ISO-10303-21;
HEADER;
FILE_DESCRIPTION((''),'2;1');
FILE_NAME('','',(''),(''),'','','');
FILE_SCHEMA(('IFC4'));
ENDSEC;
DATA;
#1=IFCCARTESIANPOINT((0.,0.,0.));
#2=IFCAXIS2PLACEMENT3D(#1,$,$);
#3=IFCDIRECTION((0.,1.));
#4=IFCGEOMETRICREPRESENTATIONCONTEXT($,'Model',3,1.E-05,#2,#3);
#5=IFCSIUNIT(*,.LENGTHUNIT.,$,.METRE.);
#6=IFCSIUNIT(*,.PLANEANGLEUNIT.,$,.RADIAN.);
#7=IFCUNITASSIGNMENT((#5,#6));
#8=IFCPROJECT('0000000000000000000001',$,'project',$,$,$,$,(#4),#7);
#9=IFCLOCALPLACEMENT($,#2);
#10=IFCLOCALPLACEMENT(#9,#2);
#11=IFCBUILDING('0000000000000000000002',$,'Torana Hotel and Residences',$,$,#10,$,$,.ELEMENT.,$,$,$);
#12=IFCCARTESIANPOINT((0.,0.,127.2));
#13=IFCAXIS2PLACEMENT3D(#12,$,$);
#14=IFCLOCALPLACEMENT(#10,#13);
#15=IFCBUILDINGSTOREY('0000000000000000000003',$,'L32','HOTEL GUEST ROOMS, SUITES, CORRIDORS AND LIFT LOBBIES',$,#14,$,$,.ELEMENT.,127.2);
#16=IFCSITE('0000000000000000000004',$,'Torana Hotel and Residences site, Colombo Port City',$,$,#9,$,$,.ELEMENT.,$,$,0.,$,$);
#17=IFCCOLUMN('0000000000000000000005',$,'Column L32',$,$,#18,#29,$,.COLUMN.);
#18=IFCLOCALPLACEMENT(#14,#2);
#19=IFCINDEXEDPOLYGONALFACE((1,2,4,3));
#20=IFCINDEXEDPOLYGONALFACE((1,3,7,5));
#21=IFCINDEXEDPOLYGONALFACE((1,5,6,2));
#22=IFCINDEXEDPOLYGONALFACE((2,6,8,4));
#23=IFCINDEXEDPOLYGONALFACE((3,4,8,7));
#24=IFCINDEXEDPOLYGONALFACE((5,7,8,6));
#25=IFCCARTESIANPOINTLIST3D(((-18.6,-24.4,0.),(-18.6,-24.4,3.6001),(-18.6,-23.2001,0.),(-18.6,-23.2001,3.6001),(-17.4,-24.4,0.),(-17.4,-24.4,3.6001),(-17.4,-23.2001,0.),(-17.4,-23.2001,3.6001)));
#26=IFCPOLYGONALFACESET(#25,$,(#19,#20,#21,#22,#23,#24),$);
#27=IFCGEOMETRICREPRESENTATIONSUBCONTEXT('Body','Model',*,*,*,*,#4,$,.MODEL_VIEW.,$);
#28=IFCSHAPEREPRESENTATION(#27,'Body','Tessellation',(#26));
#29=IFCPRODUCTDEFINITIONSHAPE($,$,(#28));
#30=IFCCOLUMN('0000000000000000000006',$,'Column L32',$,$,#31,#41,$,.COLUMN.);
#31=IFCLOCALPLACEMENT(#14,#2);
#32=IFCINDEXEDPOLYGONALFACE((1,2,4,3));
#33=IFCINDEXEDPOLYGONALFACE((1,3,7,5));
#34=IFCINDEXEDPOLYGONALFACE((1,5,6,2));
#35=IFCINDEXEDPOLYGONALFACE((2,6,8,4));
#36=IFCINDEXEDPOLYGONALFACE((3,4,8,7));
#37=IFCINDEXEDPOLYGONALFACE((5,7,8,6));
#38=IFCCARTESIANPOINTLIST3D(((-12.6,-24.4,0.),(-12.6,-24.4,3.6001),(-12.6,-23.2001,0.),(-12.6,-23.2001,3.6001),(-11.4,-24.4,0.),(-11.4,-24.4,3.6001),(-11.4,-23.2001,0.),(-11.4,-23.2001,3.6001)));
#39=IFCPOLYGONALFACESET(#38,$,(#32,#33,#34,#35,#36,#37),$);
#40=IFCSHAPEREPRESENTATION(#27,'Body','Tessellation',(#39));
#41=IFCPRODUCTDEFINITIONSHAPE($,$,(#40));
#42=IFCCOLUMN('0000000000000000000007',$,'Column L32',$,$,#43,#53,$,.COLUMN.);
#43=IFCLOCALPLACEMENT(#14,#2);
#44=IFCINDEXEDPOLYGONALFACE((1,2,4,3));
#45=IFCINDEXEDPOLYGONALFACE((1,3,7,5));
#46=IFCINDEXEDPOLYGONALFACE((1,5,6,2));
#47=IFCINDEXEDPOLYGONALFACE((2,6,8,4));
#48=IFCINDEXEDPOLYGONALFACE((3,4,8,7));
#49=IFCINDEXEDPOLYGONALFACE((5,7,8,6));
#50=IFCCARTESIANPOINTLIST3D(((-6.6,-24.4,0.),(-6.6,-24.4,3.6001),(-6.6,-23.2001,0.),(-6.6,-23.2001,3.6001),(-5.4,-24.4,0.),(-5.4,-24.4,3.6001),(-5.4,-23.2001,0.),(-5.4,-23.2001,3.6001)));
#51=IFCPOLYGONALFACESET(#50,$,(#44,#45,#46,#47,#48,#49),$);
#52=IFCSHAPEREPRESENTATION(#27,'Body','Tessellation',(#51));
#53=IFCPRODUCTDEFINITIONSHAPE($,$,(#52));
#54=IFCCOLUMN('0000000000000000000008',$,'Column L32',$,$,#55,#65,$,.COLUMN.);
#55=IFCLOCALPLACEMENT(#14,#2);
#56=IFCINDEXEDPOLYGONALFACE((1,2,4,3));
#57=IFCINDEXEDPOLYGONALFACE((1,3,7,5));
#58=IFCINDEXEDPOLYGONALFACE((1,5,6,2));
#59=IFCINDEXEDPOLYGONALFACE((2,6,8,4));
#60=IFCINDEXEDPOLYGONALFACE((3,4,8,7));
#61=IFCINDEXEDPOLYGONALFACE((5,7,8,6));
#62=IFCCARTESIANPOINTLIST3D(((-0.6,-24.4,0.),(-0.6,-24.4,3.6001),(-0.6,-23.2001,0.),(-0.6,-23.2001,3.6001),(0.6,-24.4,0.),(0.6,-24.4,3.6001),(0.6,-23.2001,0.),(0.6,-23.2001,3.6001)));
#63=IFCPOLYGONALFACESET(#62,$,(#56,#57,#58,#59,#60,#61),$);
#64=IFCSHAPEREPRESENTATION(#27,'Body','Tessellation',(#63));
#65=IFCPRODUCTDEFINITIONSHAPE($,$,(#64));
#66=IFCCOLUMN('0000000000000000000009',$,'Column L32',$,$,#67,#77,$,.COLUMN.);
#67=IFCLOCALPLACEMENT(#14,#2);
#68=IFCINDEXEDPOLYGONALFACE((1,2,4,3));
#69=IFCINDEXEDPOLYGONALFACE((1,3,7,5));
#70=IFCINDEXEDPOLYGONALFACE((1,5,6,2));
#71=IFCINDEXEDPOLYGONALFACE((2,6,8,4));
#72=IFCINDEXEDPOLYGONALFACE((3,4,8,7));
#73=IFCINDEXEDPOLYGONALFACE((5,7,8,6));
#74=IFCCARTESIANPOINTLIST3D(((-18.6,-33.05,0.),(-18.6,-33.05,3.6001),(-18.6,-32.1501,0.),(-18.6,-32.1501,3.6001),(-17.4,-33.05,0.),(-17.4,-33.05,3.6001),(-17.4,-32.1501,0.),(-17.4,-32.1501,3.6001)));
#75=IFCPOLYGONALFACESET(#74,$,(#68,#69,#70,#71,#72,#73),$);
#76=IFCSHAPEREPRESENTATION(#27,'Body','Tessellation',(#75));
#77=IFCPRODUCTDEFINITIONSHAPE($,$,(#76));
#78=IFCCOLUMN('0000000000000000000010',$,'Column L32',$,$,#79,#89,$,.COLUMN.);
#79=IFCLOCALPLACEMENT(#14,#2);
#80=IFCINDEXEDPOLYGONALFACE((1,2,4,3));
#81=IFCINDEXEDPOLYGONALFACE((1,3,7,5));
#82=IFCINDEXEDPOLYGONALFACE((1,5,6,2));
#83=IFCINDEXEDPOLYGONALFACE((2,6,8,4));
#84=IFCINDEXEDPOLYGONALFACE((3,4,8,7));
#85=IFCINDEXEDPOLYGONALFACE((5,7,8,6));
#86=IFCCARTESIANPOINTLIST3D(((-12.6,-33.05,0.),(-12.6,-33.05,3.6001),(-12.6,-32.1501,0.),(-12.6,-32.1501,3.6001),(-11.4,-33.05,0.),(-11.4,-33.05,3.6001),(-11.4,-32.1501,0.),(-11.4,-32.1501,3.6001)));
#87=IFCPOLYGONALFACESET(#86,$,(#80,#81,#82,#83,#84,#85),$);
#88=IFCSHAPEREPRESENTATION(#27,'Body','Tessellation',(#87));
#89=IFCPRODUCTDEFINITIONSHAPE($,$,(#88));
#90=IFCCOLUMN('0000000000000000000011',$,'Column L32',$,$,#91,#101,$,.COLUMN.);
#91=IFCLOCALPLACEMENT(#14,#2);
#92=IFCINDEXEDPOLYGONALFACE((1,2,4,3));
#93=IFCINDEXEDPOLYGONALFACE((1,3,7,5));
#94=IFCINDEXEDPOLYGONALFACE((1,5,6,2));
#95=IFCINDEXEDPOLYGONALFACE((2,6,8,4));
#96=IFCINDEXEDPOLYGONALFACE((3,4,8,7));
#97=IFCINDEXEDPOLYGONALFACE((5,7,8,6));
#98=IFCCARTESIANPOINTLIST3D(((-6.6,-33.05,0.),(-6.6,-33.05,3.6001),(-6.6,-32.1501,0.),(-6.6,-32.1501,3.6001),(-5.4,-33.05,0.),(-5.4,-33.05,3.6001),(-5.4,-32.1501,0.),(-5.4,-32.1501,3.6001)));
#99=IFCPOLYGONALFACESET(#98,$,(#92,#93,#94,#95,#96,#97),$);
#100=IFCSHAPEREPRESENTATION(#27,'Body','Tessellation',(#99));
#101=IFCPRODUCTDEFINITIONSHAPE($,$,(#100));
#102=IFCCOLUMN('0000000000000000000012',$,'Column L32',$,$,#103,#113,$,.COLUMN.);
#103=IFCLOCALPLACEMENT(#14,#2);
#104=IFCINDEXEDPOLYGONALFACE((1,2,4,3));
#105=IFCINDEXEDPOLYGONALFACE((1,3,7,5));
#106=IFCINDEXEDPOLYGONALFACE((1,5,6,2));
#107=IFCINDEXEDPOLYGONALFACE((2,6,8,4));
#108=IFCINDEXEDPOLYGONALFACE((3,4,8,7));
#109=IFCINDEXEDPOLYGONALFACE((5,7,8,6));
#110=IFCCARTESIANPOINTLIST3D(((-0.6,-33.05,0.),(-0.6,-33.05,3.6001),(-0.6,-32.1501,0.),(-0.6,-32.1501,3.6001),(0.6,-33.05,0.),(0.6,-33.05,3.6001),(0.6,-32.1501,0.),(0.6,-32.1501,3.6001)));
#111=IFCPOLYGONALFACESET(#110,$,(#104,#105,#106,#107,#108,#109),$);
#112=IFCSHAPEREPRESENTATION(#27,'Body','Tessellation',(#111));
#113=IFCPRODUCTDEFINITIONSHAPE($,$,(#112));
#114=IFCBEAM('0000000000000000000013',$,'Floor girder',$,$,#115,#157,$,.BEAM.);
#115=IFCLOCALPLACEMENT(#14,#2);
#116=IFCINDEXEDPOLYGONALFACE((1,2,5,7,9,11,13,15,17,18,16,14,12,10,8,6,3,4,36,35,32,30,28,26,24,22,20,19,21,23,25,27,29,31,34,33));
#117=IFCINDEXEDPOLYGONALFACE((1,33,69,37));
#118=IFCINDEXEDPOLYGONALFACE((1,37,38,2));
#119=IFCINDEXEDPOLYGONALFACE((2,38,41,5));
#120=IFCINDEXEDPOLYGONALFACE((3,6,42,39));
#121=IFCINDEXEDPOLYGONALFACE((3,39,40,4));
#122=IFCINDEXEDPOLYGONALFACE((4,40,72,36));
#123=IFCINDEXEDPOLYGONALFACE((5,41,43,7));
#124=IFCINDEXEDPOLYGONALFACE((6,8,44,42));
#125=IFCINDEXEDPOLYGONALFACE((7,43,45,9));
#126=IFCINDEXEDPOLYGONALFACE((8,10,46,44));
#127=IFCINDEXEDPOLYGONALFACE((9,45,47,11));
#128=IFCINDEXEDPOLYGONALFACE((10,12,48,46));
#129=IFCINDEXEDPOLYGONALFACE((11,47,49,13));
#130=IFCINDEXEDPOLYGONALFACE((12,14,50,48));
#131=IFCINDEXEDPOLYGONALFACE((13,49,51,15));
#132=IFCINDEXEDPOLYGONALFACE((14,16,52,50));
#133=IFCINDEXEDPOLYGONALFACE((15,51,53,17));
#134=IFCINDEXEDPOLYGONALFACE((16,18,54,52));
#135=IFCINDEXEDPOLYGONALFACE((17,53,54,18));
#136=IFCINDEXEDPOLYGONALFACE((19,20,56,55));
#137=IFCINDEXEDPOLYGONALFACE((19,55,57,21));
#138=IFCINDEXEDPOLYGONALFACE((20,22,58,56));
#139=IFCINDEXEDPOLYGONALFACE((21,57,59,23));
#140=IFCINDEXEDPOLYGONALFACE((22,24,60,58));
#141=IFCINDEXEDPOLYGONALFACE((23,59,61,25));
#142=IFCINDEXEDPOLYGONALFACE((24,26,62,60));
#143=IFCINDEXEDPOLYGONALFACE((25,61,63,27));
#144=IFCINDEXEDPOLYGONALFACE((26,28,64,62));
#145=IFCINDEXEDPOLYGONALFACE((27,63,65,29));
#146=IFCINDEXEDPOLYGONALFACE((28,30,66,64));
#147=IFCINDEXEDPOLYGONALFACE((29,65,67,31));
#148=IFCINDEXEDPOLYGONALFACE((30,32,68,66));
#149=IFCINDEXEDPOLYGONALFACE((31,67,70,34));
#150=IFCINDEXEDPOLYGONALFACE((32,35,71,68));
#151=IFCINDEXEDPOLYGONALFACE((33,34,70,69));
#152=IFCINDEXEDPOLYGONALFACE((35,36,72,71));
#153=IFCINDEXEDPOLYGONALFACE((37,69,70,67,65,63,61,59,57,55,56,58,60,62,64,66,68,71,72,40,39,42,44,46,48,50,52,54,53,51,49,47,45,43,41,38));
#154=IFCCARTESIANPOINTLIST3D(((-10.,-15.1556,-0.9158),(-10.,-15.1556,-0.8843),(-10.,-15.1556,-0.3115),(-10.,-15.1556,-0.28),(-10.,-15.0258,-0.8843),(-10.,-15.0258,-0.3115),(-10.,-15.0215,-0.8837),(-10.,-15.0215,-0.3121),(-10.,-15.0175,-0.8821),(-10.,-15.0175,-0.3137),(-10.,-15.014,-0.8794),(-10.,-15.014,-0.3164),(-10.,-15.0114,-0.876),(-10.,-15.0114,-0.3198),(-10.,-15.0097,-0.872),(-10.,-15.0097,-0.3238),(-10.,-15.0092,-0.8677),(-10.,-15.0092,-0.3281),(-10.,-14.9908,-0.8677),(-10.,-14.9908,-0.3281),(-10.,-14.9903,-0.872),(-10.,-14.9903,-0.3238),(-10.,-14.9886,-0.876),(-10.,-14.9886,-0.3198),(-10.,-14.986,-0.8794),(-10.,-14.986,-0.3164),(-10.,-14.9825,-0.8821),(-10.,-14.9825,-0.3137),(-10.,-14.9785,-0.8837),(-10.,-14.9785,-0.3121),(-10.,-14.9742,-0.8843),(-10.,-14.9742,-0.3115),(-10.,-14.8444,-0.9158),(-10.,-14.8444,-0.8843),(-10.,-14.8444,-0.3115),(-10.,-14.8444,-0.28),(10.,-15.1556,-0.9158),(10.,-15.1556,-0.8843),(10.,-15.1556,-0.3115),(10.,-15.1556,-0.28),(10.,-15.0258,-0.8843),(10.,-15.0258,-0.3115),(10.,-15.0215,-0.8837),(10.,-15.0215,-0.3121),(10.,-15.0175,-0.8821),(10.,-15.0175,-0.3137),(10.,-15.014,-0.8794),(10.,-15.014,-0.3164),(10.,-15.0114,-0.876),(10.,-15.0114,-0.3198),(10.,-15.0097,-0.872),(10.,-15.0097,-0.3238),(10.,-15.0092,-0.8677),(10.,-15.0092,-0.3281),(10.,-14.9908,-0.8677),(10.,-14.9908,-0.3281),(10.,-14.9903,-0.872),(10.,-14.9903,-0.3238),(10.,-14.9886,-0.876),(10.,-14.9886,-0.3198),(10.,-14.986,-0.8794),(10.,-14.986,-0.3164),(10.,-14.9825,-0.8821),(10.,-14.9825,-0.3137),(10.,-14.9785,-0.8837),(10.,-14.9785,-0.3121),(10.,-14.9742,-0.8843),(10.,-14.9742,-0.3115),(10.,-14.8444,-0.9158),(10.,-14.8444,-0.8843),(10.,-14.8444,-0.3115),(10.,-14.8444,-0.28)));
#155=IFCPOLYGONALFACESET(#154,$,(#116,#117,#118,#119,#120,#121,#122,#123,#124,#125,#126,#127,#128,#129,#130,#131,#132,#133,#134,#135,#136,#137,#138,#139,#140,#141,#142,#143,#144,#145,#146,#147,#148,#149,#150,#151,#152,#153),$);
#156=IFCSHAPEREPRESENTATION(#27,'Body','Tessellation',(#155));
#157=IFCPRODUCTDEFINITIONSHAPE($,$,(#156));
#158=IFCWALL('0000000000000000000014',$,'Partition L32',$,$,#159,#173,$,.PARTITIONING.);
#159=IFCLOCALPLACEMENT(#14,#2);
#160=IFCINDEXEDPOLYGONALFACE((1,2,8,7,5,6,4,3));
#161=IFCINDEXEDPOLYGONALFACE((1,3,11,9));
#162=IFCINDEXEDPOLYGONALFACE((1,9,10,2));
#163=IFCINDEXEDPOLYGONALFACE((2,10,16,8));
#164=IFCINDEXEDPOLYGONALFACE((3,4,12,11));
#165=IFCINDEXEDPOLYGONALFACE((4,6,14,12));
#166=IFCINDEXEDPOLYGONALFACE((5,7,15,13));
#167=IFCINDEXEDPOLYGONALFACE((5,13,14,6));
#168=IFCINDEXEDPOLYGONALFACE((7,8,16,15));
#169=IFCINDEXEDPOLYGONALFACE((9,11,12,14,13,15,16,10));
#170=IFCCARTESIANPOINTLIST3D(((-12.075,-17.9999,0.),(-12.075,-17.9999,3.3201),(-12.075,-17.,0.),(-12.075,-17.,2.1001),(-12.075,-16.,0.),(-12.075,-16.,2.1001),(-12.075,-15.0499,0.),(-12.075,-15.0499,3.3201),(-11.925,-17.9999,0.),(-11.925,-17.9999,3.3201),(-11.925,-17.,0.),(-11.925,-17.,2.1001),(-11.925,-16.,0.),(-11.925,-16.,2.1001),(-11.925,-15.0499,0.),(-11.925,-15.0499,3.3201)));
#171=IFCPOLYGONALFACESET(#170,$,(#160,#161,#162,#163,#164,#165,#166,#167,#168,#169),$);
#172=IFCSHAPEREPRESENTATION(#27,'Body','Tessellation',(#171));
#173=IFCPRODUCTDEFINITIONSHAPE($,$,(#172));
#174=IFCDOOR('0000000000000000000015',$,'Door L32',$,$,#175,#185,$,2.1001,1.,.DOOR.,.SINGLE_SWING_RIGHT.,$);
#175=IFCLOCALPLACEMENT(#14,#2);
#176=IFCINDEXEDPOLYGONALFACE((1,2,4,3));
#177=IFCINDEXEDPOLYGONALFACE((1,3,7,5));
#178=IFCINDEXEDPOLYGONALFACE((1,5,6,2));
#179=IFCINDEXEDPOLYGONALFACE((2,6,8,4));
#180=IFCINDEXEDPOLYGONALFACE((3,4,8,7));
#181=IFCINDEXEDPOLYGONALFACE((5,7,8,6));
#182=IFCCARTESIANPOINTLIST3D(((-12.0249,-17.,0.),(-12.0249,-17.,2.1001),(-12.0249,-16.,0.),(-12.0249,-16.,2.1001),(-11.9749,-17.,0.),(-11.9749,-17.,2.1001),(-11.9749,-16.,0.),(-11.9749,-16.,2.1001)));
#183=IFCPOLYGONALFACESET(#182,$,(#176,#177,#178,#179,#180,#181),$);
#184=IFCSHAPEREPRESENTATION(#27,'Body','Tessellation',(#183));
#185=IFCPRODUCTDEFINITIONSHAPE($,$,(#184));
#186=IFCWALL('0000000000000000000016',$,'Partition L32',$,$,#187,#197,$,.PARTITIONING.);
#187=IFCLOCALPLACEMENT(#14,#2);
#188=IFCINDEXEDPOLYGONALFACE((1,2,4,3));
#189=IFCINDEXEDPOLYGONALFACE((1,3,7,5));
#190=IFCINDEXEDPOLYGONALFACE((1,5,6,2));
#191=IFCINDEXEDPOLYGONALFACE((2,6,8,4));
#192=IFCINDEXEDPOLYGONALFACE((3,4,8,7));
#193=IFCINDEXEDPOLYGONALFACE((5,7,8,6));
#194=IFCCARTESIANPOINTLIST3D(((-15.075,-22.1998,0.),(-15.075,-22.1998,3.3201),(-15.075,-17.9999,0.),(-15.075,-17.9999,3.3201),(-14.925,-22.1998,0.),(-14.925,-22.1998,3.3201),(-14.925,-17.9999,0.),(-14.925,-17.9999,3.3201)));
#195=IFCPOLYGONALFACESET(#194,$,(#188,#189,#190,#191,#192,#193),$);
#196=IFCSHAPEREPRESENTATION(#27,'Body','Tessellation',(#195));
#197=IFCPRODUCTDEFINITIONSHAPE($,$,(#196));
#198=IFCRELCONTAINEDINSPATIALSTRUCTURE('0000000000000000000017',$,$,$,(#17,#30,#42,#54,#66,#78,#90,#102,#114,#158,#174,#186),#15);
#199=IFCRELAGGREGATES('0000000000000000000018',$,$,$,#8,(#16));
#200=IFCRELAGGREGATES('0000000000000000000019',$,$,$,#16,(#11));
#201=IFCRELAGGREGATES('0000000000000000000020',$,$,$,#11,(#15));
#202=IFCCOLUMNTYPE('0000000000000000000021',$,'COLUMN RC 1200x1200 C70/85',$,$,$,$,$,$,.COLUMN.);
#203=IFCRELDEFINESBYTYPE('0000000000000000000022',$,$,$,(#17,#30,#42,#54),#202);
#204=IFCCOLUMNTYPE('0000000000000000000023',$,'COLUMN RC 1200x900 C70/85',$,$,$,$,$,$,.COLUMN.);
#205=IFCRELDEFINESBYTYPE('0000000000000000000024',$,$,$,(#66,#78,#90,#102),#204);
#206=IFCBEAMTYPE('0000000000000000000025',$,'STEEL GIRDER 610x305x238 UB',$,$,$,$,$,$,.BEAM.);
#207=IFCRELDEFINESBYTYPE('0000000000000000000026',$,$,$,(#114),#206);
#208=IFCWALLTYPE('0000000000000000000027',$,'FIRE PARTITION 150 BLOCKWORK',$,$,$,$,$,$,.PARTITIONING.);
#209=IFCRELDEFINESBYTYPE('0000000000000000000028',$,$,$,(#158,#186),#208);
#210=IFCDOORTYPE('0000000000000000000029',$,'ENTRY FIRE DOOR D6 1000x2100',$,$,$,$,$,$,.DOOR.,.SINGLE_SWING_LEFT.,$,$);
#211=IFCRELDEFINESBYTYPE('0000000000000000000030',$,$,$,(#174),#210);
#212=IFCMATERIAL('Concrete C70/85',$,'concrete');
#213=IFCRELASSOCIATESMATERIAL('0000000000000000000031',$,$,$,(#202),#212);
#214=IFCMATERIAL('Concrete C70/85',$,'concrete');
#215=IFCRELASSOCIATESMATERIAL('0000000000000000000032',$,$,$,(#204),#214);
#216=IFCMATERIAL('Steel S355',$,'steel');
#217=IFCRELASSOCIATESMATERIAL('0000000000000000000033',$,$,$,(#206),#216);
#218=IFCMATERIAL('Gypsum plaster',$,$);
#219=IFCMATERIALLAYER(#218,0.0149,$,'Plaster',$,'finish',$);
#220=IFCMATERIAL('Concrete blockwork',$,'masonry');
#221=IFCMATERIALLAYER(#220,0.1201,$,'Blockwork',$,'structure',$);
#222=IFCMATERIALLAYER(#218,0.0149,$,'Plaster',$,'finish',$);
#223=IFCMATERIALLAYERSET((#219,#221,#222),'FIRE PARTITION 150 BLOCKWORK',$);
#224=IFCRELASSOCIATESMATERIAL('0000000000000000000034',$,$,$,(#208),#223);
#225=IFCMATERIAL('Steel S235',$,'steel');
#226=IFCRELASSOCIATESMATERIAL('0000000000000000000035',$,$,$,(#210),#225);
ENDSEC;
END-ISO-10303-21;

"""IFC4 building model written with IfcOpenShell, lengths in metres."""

from ifc_helpers import new_model, si_unit, direction, frame, frame_2d, origin, origin_2d, place, context, subcontext, project, spatial, rectangle, i_section, extrude, material, layer, layer_set, material_profile, profile_set, type_object, element, fill, save


model = new_model("IFC4")

# Units and contexts
model_context = context("Model", 3, precision=1e-05, world=origin(), true_north=direction((0.0, 1.0)))
body_context = subcontext(model_context, "Body", "Model", "MODEL_VIEW")
ifc_project = project(units=[si_unit("LENGTHUNIT", "METRE"), si_unit("PLANEANGLEUNIT", "RADIAN")], contexts=[model_context])

# Site, building, storey
site_placement = place(None, origin())
site = spatial("IfcSite", under=ifc_project, at=site_placement, Name="Torana Hotel and Residences site, Colombo Port City", CompositionType="ELEMENT", RefElevation=0.0)
building_placement = place(site_placement, origin())
building = spatial("IfcBuilding", under=site, at=building_placement, Name="Torana Hotel and Residences", CompositionType="ELEMENT")
storey_placement = place(building_placement, frame((0.0, 0.0, 127.2)))
storey = spatial("IfcBuildingStorey", under=building, at=storey_placement, Name="L32", Description="HOTEL GUEST ROOMS, SUITES, CORRIDORS AND LIFT LOBBIES", CompositionType="ELEMENT", Elevation=127.2)

# Columns
ifc_material_1 = material(Name="Concrete C70/85", Category="concrete")
ifc_material_profile_1 = material_profile(ifc_material_1, rectangle(XDim=1.2, YDim=1.2, at=origin_2d()), Name="RC 1200x1200")
ifc_profile_set_1 = profile_set([ifc_material_profile_1], Name="Concrete C70/85")
column_type_1 = type_object("IfcColumnType", Name="COLUMN RC 1200x1200 C70/85", PredefinedType="COLUMN", material=ifc_profile_set_1)
for number, where, z_axis, x_axis, name in (
    (1, (-18.0, -23.8, 0.0), (0.0, 0.0, 1.0), (1.0, 0.0, 0.0), "Column L32"),
    (2, (-12.0, -23.8, 0.0), (0.0, 0.0, 1.0), (1.0, 0.0, 0.0), "Column L32"),
    (3, (-6.0, -23.8, 0.0), (0.0, 0.0, 1.0), (1.0, 0.0, 0.0), "Column L32"),
    (4, (0.0, -23.8, 0.0), (0.0, 0.0, 1.0), (1.0, 0.0, 0.0), "Column L32"),
):
    element("IfcColumn", number, at=place(storey_placement, frame(where, z_axis=z_axis, x_axis=x_axis)), inside=storey, type_object=column_type_1, Name=name, PredefinedType="COLUMN", context=body_context, shape_type="SweptSolid", body=[
        extrude(rectangle(XDim=1.2, YDim=1.2, at=origin_2d()), origin(), (0.0, 0.0, 1.0), 3.6001),
    ])
ifc_material_2 = material(Name="Concrete C70/85", Category="concrete")
ifc_material_profile_2 = material_profile(ifc_material_2, rectangle(XDim=1.2, YDim=0.8999, at=origin_2d()), Name="RC 1200x900")
ifc_profile_set_2 = profile_set([ifc_material_profile_2], Name="Concrete C70/85")
column_type_2 = type_object("IfcColumnType", Name="COLUMN RC 1200x900 C70/85", PredefinedType="COLUMN", material=ifc_profile_set_2)
for number, where, z_axis, x_axis, name in (
    (5, (-18.0, -32.6001, 0.0), (0.0, 0.0, 1.0), (1.0, 0.0, 0.0), "Column L32"),
    (6, (-12.0, -32.6001, 0.0), (0.0, 0.0, 1.0), (1.0, 0.0, 0.0), "Column L32"),
    (7, (-6.0, -32.6001, 0.0), (0.0, 0.0, 1.0), (1.0, 0.0, 0.0), "Column L32"),
    (8, (0.0, -32.6001, 0.0), (0.0, 0.0, 1.0), (1.0, 0.0, 0.0), "Column L32"),
):
    element("IfcColumn", number, at=place(storey_placement, frame(where, z_axis=z_axis, x_axis=x_axis)), inside=storey, type_object=column_type_2, Name=name, PredefinedType="COLUMN", context=body_context, shape_type="SweptSolid", body=[
        extrude(rectangle(XDim=1.2, YDim=0.8999, at=origin_2d()), origin(), (0.0, 0.0, 1.0), 3.6001),
    ])

# Beam
ifc_material_3 = material(Name="Steel S355", Category="steel")
ifc_material_profile_3 = material_profile(ifc_material_3, i_section(OverallWidth=0.3113, OverallDepth=0.6357, WebThickness=0.0183, FlangeThickness=0.0315, FilletRadius=0.0166, at=origin_2d()), Name="610x305x238 UB")
ifc_profile_set_3 = profile_set([ifc_material_profile_3], Name="Steel S355")
beam_type = type_object("IfcBeamType", Name="STEEL GIRDER 610x305x238 UB", PredefinedType="BEAM", material=ifc_profile_set_3)
beam_placement = place(storey_placement, frame((-10.0, -15.0, -0.5979), z_axis=(1.0, 0.0, 0.0), x_axis=(0.0, 1.0, 0.0)))
element("IfcBeam", 9, at=beam_placement, inside=storey, type_object=beam_type, Name="Floor girder", PredefinedType="BEAM", context=body_context, shape_type="SweptSolid", body=[
    extrude(i_section(OverallWidth=0.3113, OverallDepth=0.6357, WebThickness=0.0183, FlangeThickness=0.0315, FilletRadius=0.0166, at=origin_2d()), origin(), (0.0, 0.0, 1.0), 20.0),
])

# Wall, opening, door
ifc_material_4 = material(Name="Gypsum plaster")
ifc_layer_1 = layer(ifc_material_4, 0.0149, Name="Plaster", Category="finish")
ifc_material_5 = material(Name="Concrete blockwork", Category="masonry")
ifc_layer_2 = layer(ifc_material_5, 0.1201, Name="Blockwork", Category="structure")
ifc_layer_3 = layer(ifc_material_4, 0.0149, Name="Plaster", Category="finish")
ifc_layer_set_1 = layer_set([ifc_layer_1, ifc_layer_2, ifc_layer_3], Name="FIRE PARTITION 150 BLOCKWORK")
wall_type_1 = type_object("IfcWallType", Name="FIRE PARTITION 150 BLOCKWORK", PredefinedType="PARTITIONING", material=ifc_layer_set_1)
wall_1_placement = place(storey_placement, frame((-12.0, -18.0, 0.0), z_axis=(0.0, 0.0, 1.0), x_axis=(0.0, 1.0, 0.0)))
wall_1 = element("IfcWall", 10, at=wall_1_placement, inside=storey, type_object=wall_type_1, Name="Partition L32", PredefinedType="PARTITIONING", context=body_context, shape_type="SweptSolid", body=[
    extrude(rectangle(XDim=2.95, YDim=0.1499, at=frame_2d((1.4751, 0.0))), origin(), (0.0, 0.0, 1.0), 3.3201),
])
opening_1_placement = place(wall_1_placement, frame((1.0, 0.0, 0.0)))
opening_1 = element("IfcOpeningElement", 11, at=opening_1_placement, cuts=wall_1, PredefinedType="OPENING", context=body_context, shape_type="SweptSolid", body=[
    extrude(rectangle(XDim=1.0, YDim=2.1001, at=frame_2d((0.5, 1.05))), frame((0.0, 0.085, 0.0), z_axis=(0.0, -1.0, 0.0), x_axis=(1.0, 0.0, 0.0)), (0.0, 0.0, 1.0), 0.1699),
])
ifc_material_6 = material(Name="Steel S235", Category="steel")
door_type_1 = type_object("IfcDoorType", Name="ENTRY FIRE DOOR D6 1000x2100", OperationType="SINGLE_SWING_LEFT", PredefinedType="DOOR", material=ifc_material_6)
door_1_placement = place(opening_1_placement, origin())
door_1 = element("IfcDoor", 12, at=door_1_placement, inside=storey, type_object=door_type_1, Name="Door L32", OperationType="SINGLE_SWING_RIGHT", OverallHeight=2.1001, OverallWidth=1.0, PredefinedType="DOOR", context=body_context, shape_type="SweptSolid", body=[
    extrude(rectangle(XDim=1.0, YDim=2.1001, at=frame_2d((0.5, 1.05))), frame((0.0, 0.0249, 0.0), z_axis=(0.0, -1.0, 0.0), x_axis=(1.0, 0.0, 0.0)), (0.0, 0.0, 1.0), 0.05),
])
fill(opening_1, door_1)

# Wall
wall_2_placement = place(storey_placement, frame((-15.0, -22.2, 0.0), z_axis=(0.0, 0.0, 1.0), x_axis=(0.0, 1.0, 0.0)))
element("IfcWall", 13, at=wall_2_placement, inside=storey, type_object=wall_type_1, Name="Partition L32", PredefinedType="PARTITIONING", context=body_context, shape_type="SweptSolid", body=[
    extrude(rectangle(XDim=4.2, YDim=0.1499, at=frame_2d((2.1001, 0.0))), origin(), (0.0, 0.0, 1.0), 3.3201),
])

save(model, "model.ifc")
